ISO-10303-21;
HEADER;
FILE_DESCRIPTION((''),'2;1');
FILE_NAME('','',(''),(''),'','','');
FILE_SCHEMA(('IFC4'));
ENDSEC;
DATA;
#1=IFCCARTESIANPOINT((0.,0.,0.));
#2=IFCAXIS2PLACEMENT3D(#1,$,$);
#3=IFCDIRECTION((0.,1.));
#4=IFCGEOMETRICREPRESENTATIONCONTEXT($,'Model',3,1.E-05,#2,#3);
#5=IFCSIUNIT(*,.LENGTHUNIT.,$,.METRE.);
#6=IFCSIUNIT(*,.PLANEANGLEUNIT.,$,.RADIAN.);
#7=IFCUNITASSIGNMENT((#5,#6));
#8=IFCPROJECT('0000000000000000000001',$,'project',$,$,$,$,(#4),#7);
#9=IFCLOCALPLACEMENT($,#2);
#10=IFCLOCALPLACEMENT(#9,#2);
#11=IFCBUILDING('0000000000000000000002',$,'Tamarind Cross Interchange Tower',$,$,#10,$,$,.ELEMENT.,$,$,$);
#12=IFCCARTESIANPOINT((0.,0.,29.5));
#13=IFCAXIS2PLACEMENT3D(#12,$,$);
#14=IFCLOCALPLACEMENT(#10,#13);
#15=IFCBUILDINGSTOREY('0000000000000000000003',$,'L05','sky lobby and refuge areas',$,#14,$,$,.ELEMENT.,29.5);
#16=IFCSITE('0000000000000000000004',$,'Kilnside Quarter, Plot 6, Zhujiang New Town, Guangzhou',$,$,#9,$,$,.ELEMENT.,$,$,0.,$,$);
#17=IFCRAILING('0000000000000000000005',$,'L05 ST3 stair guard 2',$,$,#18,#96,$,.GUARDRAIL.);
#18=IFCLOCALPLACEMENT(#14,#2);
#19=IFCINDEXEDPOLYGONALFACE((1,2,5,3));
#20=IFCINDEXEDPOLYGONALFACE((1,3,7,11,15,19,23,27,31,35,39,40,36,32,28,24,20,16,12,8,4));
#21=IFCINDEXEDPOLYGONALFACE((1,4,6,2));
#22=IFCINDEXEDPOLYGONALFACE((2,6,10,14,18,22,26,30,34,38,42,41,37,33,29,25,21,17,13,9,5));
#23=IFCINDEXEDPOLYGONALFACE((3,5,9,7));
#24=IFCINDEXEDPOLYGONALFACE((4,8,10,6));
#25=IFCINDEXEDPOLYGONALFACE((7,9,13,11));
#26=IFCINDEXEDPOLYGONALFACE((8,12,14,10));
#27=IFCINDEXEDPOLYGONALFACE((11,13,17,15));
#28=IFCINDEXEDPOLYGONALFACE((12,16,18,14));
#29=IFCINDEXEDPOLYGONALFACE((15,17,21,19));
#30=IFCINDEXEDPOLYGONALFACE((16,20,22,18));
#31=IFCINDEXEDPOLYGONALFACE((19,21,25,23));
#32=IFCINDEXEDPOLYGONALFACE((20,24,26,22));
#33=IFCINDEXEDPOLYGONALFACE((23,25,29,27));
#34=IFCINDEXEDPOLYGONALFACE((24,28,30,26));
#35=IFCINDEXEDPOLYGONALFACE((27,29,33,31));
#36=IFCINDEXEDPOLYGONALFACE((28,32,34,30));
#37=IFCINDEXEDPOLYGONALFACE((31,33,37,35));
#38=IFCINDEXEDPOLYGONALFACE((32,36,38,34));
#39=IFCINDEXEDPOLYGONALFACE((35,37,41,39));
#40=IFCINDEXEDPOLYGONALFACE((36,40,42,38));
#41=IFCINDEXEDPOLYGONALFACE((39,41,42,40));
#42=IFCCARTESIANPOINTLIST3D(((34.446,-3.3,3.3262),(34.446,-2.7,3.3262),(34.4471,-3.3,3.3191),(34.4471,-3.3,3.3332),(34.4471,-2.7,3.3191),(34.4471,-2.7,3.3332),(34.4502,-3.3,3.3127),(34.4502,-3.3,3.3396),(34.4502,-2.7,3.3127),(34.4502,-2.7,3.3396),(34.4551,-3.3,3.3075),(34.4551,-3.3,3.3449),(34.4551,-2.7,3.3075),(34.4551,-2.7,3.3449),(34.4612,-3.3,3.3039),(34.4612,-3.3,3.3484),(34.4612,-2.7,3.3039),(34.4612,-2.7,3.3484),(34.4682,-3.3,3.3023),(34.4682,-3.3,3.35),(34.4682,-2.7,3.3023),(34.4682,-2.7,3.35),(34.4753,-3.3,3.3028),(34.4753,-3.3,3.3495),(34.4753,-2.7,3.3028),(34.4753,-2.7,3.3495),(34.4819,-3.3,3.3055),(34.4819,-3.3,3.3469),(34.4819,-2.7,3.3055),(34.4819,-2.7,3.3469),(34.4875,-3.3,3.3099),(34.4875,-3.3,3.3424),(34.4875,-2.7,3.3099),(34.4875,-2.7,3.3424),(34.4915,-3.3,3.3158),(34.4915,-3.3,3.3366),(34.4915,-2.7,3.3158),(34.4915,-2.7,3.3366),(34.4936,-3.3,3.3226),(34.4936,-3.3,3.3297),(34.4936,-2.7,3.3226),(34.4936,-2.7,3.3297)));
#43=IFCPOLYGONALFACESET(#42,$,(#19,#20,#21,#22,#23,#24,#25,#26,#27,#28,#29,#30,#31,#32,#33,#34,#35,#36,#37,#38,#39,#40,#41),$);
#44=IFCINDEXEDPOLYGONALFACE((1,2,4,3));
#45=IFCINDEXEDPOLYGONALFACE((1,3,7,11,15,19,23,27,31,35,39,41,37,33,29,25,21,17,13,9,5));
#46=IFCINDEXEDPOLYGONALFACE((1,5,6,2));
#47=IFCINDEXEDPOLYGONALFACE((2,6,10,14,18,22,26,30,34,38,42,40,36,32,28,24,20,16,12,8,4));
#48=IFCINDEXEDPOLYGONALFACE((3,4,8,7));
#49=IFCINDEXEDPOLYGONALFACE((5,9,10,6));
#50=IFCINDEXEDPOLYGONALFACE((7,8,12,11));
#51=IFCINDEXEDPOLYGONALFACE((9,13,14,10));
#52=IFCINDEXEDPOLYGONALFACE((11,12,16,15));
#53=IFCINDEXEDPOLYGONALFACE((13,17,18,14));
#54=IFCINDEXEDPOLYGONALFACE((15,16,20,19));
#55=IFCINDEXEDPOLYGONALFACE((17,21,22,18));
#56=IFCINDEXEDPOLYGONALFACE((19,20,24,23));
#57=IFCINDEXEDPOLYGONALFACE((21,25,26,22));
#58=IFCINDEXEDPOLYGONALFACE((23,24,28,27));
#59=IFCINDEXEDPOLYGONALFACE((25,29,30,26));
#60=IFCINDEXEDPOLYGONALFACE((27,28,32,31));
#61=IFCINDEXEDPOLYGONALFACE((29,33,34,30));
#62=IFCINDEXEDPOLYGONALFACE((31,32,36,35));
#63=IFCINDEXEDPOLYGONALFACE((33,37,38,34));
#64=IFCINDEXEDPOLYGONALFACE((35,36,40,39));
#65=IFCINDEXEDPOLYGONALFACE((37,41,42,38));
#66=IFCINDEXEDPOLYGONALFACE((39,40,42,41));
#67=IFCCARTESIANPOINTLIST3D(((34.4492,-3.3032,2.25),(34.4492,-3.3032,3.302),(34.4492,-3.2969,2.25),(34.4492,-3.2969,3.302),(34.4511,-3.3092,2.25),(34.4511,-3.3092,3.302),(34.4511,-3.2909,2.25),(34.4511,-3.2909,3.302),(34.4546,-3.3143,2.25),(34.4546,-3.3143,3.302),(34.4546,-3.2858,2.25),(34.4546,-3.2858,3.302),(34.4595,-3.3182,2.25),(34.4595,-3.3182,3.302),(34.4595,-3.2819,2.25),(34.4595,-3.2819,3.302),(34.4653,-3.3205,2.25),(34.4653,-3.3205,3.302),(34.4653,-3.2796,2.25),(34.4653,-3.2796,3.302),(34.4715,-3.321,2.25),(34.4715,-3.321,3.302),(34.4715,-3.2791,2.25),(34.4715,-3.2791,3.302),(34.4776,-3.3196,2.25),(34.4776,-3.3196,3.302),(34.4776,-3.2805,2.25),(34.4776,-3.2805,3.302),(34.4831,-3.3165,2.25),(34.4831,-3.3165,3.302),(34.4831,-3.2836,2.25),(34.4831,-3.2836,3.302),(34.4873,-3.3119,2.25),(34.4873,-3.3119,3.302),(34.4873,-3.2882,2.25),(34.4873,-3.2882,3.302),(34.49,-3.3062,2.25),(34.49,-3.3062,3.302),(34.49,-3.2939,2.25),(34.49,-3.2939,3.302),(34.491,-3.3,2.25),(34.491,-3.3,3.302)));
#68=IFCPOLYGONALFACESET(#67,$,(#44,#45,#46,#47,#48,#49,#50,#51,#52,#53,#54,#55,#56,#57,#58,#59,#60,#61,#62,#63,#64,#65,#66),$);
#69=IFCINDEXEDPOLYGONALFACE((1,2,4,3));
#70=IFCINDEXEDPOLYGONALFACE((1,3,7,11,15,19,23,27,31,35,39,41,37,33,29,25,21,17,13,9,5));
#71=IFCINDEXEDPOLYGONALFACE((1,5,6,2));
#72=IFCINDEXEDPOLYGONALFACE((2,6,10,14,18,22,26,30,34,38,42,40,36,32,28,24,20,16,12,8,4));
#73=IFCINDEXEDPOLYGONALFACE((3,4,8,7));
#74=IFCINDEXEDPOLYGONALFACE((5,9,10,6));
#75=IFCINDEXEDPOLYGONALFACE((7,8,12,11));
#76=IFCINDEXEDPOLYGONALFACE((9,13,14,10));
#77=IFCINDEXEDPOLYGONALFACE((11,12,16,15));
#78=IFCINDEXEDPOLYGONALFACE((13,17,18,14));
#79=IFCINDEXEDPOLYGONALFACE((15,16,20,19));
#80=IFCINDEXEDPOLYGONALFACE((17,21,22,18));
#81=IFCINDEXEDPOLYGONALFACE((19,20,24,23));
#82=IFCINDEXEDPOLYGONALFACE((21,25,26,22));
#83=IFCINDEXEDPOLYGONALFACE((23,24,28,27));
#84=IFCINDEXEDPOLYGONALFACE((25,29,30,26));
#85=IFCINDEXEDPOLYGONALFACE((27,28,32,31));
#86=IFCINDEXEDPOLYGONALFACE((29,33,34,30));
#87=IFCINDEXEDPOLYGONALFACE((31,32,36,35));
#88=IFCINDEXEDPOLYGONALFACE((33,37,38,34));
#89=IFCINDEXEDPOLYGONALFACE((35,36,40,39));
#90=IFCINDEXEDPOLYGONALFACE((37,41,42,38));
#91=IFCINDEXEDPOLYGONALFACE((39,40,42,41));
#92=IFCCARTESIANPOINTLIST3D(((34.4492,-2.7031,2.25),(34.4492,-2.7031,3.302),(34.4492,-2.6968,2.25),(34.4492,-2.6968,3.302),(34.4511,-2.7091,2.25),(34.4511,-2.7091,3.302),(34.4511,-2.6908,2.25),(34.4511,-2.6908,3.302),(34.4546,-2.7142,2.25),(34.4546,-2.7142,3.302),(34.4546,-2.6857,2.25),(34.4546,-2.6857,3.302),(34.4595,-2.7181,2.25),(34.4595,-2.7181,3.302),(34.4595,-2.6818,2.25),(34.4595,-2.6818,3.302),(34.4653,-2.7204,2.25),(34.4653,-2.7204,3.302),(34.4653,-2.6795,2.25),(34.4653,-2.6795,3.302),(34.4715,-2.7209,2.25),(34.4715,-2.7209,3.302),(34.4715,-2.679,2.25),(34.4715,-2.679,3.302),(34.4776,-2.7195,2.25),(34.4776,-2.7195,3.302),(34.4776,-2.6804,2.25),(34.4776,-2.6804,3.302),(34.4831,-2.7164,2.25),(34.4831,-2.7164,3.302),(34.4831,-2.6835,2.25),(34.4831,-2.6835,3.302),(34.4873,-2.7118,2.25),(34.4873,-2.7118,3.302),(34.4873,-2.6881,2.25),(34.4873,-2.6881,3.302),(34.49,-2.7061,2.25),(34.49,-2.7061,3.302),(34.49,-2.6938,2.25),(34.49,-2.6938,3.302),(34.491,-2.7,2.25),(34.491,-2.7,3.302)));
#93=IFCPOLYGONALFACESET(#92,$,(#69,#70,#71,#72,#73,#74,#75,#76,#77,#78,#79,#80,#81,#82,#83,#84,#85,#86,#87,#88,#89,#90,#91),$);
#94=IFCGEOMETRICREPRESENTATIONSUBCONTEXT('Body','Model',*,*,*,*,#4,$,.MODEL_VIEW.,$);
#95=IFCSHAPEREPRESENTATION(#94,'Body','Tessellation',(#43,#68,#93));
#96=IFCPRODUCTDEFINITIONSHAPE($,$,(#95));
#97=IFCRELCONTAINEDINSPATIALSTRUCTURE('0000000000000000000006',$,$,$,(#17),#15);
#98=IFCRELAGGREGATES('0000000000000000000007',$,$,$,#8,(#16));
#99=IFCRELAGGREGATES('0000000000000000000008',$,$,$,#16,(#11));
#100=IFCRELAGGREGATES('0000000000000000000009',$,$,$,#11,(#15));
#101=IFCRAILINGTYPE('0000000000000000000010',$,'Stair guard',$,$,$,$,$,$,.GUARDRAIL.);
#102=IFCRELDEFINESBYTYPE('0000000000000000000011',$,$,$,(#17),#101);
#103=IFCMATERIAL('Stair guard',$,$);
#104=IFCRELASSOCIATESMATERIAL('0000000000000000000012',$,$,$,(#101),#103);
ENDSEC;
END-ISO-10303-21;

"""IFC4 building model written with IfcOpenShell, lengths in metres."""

from ifc_helpers import new_model, si_unit, direction, frame, origin, origin_2d, place, context, subcontext, project, spatial, circle, extrude, material, type_object, element, save


model = new_model("IFC4")

# Units and contexts
model_context = context("Model", 3, precision=1e-05, world=origin(), true_north=direction((0.0, 1.0)))
body_context = subcontext(model_context, "Body", "Model", "MODEL_VIEW")
ifc_project = project(units=[si_unit("LENGTHUNIT", "METRE"), si_unit("PLANEANGLEUNIT", "RADIAN")], contexts=[model_context])

# Site, building, storey
site_placement = place(None, origin())
site = spatial("IfcSite", under=ifc_project, at=site_placement, Name="Kilnside Quarter, Plot 6, Zhujiang New Town, Guangzhou", CompositionType="ELEMENT", RefElevation=0.0)
building_placement = place(site_placement, origin())
building = spatial("IfcBuilding", under=site, at=building_placement, Name="Tamarind Cross Interchange Tower", CompositionType="ELEMENT")
storey_placement = place(building_placement, frame((0.0, 0.0, 29.5)))
storey = spatial("IfcBuildingStorey", under=building, at=storey_placement, Name="L05", Description="sky lobby and refuge areas", CompositionType="ELEMENT", Elevation=29.5)

# Railing
ifc_material_1 = material(Name="Stair guard")
railing_type_1 = type_object("IfcRailingType", Name="Stair guard", PredefinedType="GUARDRAIL", material=ifc_material_1)
railing_1_placement = place(storey_placement, frame((34.47, -3.3, 2.25)))
element("IfcRailing", 1, at=railing_1_placement, inside=storey, type_object=railing_type_1, Name="L05 ST3 stair guard 2", PredefinedType="GUARDRAIL", context=body_context, shape_type="SweptSolid", body=[
    extrude(circle(Radius=0.0239, at=origin_2d()), frame((0.0, 0.0, 1.0762), z_axis=(0.0, 1.0, 0.0), x_axis=(-1.0, 0.0, 0.0)), (0.0, 0.0, 1.0), 0.6001),
    extrude(circle(Radius=0.021, at=origin_2d()), origin(), (0.0, 0.0, 1.0), 1.052),
    extrude(circle(Radius=0.021, at=origin_2d()), frame((0.0, 0.6001, 0.0)), (0.0, 0.0, 1.0), 1.052),
])

save(model, "model.ifc")
